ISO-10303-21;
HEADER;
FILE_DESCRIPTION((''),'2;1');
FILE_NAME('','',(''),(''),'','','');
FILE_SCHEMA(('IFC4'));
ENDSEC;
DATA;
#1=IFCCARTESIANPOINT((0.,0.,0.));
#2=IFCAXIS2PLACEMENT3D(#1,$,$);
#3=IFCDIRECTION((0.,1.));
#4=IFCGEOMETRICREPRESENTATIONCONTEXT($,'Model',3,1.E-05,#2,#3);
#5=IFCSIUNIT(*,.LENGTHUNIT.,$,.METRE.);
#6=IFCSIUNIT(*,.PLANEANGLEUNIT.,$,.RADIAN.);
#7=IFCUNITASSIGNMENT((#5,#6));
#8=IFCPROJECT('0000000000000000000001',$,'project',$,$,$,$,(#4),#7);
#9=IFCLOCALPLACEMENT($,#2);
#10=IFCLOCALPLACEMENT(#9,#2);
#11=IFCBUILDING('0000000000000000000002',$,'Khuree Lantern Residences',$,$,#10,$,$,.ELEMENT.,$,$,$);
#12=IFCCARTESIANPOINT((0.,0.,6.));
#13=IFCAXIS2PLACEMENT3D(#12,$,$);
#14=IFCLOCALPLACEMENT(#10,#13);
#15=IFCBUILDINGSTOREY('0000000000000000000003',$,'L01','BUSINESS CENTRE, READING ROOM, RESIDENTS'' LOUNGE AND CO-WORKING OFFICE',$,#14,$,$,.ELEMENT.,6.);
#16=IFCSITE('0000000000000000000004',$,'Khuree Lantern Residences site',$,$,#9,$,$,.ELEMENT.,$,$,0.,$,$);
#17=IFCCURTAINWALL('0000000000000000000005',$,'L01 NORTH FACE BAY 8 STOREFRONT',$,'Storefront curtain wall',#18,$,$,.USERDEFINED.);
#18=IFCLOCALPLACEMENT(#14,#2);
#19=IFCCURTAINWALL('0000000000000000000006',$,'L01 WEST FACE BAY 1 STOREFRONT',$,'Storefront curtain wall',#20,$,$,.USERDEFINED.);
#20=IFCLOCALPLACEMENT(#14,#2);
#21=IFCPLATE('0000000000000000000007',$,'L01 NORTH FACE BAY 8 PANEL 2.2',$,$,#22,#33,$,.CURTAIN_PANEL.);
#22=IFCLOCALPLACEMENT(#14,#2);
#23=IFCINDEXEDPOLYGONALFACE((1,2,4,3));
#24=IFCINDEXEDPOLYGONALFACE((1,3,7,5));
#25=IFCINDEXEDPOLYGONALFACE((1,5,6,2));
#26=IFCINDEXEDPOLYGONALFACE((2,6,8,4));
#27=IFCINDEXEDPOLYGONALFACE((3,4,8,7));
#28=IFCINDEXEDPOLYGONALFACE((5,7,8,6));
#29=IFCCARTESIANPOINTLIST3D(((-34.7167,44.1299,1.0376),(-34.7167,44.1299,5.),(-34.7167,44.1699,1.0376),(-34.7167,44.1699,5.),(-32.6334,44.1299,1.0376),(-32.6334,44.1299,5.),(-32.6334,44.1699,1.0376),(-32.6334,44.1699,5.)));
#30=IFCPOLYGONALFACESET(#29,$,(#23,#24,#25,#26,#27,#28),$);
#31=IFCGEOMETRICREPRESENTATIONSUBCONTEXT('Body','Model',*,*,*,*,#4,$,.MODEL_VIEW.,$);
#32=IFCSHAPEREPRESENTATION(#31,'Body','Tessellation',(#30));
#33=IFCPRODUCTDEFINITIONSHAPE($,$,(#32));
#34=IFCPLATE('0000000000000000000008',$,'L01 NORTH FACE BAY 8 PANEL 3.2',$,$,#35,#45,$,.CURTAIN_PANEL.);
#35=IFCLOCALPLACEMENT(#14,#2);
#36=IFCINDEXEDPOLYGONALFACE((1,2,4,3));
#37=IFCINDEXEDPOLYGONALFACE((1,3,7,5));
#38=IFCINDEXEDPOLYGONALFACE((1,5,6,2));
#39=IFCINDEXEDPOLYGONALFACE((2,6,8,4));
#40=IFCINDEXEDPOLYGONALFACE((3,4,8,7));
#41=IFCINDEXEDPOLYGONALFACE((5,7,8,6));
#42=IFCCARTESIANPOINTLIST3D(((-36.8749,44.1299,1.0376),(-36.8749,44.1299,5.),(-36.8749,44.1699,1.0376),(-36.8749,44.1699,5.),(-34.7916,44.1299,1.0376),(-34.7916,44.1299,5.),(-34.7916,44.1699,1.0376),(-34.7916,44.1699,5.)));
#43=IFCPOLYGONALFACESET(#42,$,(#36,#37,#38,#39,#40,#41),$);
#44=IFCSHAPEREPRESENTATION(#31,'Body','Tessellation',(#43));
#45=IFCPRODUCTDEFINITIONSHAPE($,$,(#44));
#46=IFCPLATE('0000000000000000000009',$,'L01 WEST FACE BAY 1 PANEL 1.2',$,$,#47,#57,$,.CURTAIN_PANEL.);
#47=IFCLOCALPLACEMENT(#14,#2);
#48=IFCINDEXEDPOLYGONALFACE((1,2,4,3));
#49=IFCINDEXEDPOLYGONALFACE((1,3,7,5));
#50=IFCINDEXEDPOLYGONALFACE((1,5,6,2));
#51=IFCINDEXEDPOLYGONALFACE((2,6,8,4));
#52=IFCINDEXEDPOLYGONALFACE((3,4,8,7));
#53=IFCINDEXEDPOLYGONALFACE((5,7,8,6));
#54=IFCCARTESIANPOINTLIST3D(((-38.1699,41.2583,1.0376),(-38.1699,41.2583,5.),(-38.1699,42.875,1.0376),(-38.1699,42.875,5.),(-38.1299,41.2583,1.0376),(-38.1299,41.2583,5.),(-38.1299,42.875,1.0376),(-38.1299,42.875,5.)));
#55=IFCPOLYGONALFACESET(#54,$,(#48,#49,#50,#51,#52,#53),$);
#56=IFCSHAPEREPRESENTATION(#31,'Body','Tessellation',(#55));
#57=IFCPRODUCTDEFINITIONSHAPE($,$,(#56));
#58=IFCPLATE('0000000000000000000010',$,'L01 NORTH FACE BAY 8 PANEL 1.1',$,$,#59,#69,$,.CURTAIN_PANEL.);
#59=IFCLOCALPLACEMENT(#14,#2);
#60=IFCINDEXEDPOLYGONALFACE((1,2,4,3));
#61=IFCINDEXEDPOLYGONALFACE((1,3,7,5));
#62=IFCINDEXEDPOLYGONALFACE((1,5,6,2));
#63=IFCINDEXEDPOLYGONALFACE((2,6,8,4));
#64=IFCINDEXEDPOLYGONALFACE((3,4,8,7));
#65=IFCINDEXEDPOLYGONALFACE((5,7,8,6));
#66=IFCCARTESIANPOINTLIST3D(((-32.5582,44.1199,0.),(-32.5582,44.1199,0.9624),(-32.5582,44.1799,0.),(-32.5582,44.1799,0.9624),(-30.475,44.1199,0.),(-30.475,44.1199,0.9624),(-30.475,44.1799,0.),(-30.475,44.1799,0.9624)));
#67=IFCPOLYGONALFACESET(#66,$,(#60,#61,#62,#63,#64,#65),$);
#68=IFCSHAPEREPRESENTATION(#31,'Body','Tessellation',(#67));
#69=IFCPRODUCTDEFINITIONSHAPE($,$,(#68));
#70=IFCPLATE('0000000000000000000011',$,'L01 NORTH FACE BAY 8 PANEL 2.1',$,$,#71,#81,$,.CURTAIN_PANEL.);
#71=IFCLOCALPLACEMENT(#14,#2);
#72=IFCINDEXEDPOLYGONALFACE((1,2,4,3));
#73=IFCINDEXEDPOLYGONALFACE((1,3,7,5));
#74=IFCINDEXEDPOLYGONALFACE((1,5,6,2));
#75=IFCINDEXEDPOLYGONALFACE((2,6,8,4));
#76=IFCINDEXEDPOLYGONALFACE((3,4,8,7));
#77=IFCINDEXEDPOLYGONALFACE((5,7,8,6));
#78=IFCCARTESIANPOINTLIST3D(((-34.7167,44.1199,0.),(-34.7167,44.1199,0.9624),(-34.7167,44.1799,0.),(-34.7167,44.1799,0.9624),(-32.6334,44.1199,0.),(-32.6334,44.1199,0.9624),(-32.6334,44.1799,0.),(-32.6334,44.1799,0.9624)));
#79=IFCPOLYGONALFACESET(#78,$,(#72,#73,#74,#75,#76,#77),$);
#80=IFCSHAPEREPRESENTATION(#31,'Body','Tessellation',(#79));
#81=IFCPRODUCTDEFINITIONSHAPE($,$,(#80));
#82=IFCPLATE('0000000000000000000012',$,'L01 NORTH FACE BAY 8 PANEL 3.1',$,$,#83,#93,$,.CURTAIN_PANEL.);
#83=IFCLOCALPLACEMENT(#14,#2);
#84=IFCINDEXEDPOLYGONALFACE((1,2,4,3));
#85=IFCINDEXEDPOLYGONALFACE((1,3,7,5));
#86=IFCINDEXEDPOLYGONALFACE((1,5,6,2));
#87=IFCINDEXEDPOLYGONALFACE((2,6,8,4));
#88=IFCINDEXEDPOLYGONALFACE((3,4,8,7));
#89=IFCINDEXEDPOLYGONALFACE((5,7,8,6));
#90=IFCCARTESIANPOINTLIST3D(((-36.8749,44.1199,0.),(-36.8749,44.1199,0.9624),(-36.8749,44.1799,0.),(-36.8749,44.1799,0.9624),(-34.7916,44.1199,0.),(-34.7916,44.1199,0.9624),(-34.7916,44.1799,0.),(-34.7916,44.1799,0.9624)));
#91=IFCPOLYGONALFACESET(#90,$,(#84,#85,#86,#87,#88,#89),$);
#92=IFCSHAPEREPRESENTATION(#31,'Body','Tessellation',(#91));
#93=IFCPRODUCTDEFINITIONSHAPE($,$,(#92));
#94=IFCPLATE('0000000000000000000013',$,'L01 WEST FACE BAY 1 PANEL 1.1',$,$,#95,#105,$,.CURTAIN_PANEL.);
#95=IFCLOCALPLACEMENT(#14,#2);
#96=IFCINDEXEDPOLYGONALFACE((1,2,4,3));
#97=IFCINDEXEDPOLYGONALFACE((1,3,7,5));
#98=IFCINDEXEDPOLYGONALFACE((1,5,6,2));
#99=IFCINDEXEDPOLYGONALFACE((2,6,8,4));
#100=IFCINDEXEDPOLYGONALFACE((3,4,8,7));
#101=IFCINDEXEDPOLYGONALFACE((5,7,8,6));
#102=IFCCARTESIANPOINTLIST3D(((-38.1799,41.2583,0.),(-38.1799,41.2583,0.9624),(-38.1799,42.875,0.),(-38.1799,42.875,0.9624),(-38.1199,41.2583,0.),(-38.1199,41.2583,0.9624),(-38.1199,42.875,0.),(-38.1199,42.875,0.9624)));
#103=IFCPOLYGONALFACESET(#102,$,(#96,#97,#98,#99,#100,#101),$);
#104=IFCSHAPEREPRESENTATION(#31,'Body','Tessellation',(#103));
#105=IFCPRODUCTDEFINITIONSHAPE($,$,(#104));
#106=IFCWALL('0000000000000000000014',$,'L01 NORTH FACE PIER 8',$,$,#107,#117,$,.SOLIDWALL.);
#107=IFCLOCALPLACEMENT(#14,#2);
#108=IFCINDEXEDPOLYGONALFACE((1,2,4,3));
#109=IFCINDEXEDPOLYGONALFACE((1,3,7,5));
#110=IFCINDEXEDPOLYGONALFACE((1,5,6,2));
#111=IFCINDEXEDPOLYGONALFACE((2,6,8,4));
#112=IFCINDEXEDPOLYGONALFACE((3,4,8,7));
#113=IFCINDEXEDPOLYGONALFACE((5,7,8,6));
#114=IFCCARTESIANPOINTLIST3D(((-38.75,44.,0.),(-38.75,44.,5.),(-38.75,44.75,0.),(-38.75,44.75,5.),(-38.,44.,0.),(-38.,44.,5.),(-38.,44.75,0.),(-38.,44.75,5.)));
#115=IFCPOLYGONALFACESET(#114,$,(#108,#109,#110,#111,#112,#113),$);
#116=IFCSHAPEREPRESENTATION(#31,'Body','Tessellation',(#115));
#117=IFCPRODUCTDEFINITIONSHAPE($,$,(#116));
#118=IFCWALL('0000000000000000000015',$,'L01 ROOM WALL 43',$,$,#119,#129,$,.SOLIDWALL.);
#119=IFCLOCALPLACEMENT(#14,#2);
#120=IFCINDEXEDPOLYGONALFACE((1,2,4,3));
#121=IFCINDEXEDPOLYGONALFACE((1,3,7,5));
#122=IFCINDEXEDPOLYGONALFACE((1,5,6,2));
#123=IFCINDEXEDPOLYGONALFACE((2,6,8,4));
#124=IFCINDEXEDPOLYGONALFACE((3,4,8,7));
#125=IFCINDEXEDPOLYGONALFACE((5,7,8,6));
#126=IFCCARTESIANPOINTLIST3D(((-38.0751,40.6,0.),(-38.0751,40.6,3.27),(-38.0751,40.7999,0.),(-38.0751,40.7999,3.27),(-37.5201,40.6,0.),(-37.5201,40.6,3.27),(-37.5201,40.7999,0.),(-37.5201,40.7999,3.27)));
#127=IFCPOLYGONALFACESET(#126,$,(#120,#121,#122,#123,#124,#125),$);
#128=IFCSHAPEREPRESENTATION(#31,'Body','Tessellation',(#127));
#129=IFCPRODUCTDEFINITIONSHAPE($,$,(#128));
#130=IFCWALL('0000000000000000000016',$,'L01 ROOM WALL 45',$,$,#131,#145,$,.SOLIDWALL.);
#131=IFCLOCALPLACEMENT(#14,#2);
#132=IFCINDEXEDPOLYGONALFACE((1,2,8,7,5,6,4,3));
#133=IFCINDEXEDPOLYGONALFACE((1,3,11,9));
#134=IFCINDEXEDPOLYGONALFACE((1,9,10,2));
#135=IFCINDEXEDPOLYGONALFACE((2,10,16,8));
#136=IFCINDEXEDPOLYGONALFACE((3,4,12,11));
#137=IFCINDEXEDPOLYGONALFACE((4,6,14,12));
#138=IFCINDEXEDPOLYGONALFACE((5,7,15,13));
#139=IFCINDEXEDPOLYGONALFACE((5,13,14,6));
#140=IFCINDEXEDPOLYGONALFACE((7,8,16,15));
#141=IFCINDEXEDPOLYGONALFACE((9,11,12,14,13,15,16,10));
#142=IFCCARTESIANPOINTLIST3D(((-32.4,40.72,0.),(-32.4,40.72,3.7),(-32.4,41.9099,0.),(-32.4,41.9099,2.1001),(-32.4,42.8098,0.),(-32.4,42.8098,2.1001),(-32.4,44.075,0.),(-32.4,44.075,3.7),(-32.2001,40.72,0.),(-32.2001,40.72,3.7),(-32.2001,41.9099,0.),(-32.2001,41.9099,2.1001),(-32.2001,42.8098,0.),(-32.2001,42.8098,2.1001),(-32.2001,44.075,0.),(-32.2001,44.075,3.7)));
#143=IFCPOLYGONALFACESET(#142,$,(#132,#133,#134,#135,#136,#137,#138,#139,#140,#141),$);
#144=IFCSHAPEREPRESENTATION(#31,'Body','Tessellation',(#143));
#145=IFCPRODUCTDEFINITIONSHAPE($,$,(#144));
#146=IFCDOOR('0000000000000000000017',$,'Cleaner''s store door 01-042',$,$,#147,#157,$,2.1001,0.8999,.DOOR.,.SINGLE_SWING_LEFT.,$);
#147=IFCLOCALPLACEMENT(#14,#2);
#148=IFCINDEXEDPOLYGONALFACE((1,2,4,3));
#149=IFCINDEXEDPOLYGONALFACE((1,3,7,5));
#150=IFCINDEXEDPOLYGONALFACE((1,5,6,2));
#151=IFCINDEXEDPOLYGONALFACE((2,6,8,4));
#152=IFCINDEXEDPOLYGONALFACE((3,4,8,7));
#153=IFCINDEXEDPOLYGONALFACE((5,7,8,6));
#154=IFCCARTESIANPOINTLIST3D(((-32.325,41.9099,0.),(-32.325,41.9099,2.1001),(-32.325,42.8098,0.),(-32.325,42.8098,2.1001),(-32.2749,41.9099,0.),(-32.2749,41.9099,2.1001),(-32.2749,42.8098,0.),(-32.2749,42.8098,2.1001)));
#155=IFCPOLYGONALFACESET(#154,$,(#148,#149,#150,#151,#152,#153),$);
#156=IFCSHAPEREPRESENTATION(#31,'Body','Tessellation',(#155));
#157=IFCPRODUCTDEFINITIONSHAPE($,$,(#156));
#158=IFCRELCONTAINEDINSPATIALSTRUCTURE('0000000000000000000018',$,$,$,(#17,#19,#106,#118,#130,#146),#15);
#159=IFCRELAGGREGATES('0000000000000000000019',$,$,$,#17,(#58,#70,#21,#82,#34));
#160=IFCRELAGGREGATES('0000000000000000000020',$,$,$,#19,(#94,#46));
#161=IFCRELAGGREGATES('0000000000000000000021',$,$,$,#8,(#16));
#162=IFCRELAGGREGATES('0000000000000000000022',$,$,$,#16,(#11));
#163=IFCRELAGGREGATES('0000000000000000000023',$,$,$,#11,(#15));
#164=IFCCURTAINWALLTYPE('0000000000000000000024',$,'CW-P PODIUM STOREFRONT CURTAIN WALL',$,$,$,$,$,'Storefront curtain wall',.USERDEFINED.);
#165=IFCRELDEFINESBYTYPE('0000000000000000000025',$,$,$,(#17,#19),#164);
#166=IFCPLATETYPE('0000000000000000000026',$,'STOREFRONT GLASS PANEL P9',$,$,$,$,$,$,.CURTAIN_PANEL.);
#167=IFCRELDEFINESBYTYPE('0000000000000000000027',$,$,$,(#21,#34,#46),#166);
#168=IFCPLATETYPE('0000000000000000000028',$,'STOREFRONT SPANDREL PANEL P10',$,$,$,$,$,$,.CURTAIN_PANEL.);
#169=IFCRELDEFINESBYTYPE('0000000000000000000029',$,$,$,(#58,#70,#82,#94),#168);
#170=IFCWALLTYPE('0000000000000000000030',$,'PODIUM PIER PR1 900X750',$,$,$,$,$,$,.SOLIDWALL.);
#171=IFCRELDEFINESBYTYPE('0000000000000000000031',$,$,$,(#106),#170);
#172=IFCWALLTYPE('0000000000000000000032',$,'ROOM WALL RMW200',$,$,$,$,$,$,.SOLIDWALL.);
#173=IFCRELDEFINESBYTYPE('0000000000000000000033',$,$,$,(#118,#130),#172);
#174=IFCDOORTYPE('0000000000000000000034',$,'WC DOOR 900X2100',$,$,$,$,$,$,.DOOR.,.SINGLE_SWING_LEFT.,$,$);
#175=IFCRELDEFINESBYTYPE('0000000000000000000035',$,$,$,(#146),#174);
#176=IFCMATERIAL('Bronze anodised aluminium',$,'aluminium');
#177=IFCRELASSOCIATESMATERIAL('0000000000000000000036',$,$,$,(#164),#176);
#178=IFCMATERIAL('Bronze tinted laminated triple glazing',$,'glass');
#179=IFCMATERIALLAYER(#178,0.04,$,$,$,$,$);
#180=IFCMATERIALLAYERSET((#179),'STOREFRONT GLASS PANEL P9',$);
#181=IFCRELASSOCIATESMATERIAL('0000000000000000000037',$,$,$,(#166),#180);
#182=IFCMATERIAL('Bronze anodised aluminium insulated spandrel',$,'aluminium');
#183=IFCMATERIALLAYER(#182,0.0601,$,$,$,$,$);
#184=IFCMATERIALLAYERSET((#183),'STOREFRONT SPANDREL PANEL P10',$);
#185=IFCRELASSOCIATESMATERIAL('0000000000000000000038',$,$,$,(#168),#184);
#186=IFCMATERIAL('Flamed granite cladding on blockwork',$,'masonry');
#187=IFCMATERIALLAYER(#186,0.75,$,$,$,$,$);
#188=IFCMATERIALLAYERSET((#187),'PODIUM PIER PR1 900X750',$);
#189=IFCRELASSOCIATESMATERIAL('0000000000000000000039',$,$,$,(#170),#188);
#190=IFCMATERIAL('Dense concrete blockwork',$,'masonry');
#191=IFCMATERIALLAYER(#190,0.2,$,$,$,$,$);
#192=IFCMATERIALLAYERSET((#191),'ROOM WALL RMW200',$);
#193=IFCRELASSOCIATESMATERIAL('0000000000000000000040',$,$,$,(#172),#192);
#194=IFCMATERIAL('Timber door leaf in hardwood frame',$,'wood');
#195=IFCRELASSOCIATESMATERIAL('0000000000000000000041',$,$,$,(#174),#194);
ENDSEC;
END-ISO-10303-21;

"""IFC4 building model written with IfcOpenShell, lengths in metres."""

from ifc_helpers import new_model, si_unit, direction, frame, frame_2d, origin, origin_2d, place, context, subcontext, project, spatial, rectangle, extrude, material, layer, layer_set, type_object, element, fill, aggregate, save


model = new_model("IFC4")

# Units and contexts
model_context = context("Model", 3, precision=1e-05, world=origin(), true_north=direction((0.0, 1.0)))
body_context = subcontext(model_context, "Body", "Model", "MODEL_VIEW")
ifc_project = project(units=[si_unit("LENGTHUNIT", "METRE"), si_unit("PLANEANGLEUNIT", "RADIAN")], contexts=[model_context])

# Site, building, storey
site_placement = place(None, origin())
site = spatial("IfcSite", under=ifc_project, at=site_placement, Name="Khuree Lantern Residences site", CompositionType="ELEMENT", RefElevation=0.0)
building_placement = place(site_placement, origin())
building = spatial("IfcBuilding", under=site, at=building_placement, Name="Khuree Lantern Residences", CompositionType="ELEMENT")
storey_placement = place(building_placement, frame((0.0, 0.0, 6.0)))
storey = spatial("IfcBuildingStorey", under=building, at=storey_placement, Name="L01", Description="BUSINESS CENTRE, READING ROOM, RESIDENTS' LOUNGE AND CO-WORKING OFFICE", CompositionType="ELEMENT", Elevation=6.0)

# Curtain walls
ifc_material_1 = material(Name="Bronze anodised aluminium", Category="aluminium")
curtain_wall_type = type_object("IfcCurtainWallType", Name="CW-P PODIUM STOREFRONT CURTAIN WALL", ElementType="Storefront curtain wall", PredefinedType="USERDEFINED", material=ifc_material_1)
curtain_wall_1_placement = place(storey_placement, origin())
curtain_wall_1 = element("IfcCurtainWall", 1, at=curtain_wall_1_placement, inside=storey, type_object=curtain_wall_type, Name="L01 NORTH FACE BAY 8 STOREFRONT", ObjectType="Storefront curtain wall", PredefinedType="USERDEFINED")
curtain_wall_2_placement = place(storey_placement, origin())
curtain_wall_2 = element("IfcCurtainWall", 2, at=curtain_wall_2_placement, inside=storey, type_object=curtain_wall_type, Name="L01 WEST FACE BAY 1 STOREFRONT", ObjectType="Storefront curtain wall", PredefinedType="USERDEFINED")

# Plates
ifc_material_2 = material(Name="Bronze tinted laminated triple glazing", Category="glass")
ifc_layer_1 = layer(ifc_material_2, 0.04)
ifc_layer_set_1 = layer_set([ifc_layer_1], Name="STOREFRONT GLASS PANEL P9")
plate_type_1 = type_object("IfcPlateType", Name="STOREFRONT GLASS PANEL P9", PredefinedType="CURTAIN_PANEL", material=ifc_layer_set_1)
plate_1_placement = place(storey_placement, frame((-33.675, 44.1499, 1.0376), z_axis=(0.0, 0.0, 1.0), x_axis=(-1.0, 0.0, 0.0)))
plate_1 = element("IfcPlate", 3, at=plate_1_placement, type_object=plate_type_1, Name="L01 NORTH FACE BAY 8 PANEL 2.2", PredefinedType="CURTAIN_PANEL", context=body_context, shape_type="SweptSolid", body=[
    extrude(rectangle(XDim=2.0833, YDim=0.04, at=origin_2d()), origin(), (0.0, 0.0, 1.0), 3.9624),
])
plate_2_placement = place(storey_placement, frame((-35.8333, 44.1499, 1.0376), z_axis=(0.0, 0.0, 1.0), x_axis=(-1.0, 0.0, 0.0)))
plate_2 = element("IfcPlate", 4, at=plate_2_placement, type_object=plate_type_1, Name="L01 NORTH FACE BAY 8 PANEL 3.2", PredefinedType="CURTAIN_PANEL", context=body_context, shape_type="SweptSolid", body=[
    extrude(rectangle(XDim=2.0833, YDim=0.04, at=origin_2d()), origin(), (0.0, 0.0, 1.0), 3.9624),
])
plate_3_placement = place(storey_placement, frame((-38.1499, 42.0667, 1.0376), z_axis=(0.0, 0.0, 1.0), x_axis=(0.0, -1.0, 0.0)))
plate_3 = element("IfcPlate", 5, at=plate_3_placement, type_object=plate_type_1, Name="L01 WEST FACE BAY 1 PANEL 1.2", PredefinedType="CURTAIN_PANEL", context=body_context, shape_type="SweptSolid", body=[
    extrude(rectangle(XDim=1.6167, YDim=0.04, at=origin_2d()), origin(), (0.0, 0.0, 1.0), 3.9624),
])
ifc_material_3 = material(Name="Bronze anodised aluminium insulated spandrel", Category="aluminium")
ifc_layer_2 = layer(ifc_material_3, 0.0601)
ifc_layer_set_2 = layer_set([ifc_layer_2], Name="STOREFRONT SPANDREL PANEL P10")
plate_type_2 = type_object("IfcPlateType", Name="STOREFRONT SPANDREL PANEL P10", PredefinedType="CURTAIN_PANEL", material=ifc_layer_set_2)
plate_4_placement = place(storey_placement, frame((-31.5166, 44.1499, 0.0), z_axis=(0.0, 0.0, 1.0), x_axis=(-1.0, 0.0, 0.0)))
plate_4 = element("IfcPlate", 6, at=plate_4_placement, type_object=plate_type_2, Name="L01 NORTH FACE BAY 8 PANEL 1.1", PredefinedType="CURTAIN_PANEL", context=body_context, shape_type="SweptSolid", body=[
    extrude(rectangle(XDim=2.0833, YDim=0.0601, at=origin_2d()), origin(), (0.0, 0.0, 1.0), 0.9624),
])
plate_5_placement = place(storey_placement, frame((-33.675, 44.1499, 0.0), z_axis=(0.0, 0.0, 1.0), x_axis=(-1.0, 0.0, 0.0)))
plate_5 = element("IfcPlate", 7, at=plate_5_placement, type_object=plate_type_2, Name="L01 NORTH FACE BAY 8 PANEL 2.1", PredefinedType="CURTAIN_PANEL", context=body_context, shape_type="SweptSolid", body=[
    extrude(rectangle(XDim=2.0833, YDim=0.0601, at=origin_2d()), origin(), (0.0, 0.0, 1.0), 0.9624),
])
plate_6_placement = place(storey_placement, frame((-35.8333, 44.1499, 0.0), z_axis=(0.0, 0.0, 1.0), x_axis=(-1.0, 0.0, 0.0)))
plate_6 = element("IfcPlate", 8, at=plate_6_placement, type_object=plate_type_2, Name="L01 NORTH FACE BAY 8 PANEL 3.1", PredefinedType="CURTAIN_PANEL", context=body_context, shape_type="SweptSolid", body=[
    extrude(rectangle(XDim=2.0833, YDim=0.0601, at=origin_2d()), origin(), (0.0, 0.0, 1.0), 0.9624),
])
aggregate(curtain_wall_1, [plate_4, plate_5, plate_1, plate_6, plate_2])
plate_7_placement = place(storey_placement, frame((-38.1499, 42.0667, 0.0), z_axis=(0.0, 0.0, 1.0), x_axis=(0.0, -1.0, 0.0)))
plate_7 = element("IfcPlate", 9, at=plate_7_placement, type_object=plate_type_2, Name="L01 WEST FACE BAY 1 PANEL 1.1", PredefinedType="CURTAIN_PANEL", context=body_context, shape_type="SweptSolid", body=[
    extrude(rectangle(XDim=1.6167, YDim=0.0601, at=origin_2d()), origin(), (0.0, 0.0, 1.0), 0.9624),
])
aggregate(curtain_wall_2, [plate_7, plate_3])

# Walls
ifc_material_4 = material(Name="Flamed granite cladding on blockwork", Category="masonry")
ifc_layer_3 = layer(ifc_material_4, 0.75)
ifc_layer_set_3 = layer_set([ifc_layer_3], Name="PODIUM PIER PR1 900X750")
wall_type_1 = type_object("IfcWallType", Name="PODIUM PIER PR1 900X750", PredefinedType="SOLIDWALL", material=ifc_layer_set_3)
wall_1_placement = place(storey_placement, frame((-38.0, 44.375, 0.0), z_axis=(0.0, 0.0, 1.0), x_axis=(-1.0, 0.0, 0.0)))
element("IfcWall", 10, at=wall_1_placement, inside=storey, type_object=wall_type_1, Name="L01 NORTH FACE PIER 8", PredefinedType="SOLIDWALL", context=body_context, shape_type="SweptSolid", body=[
    extrude(rectangle(XDim=0.75, YDim=0.75, at=frame_2d((0.375, 0.0))), origin(), (0.0, 0.0, 1.0), 5.0),
])
ifc_material_5 = material(Name="Dense concrete blockwork", Category="masonry")
ifc_layer_4 = layer(ifc_material_5, 0.2)
ifc_layer_set_4 = layer_set([ifc_layer_4], Name="ROOM WALL RMW200")
wall_type_2 = type_object("IfcWallType", Name="ROOM WALL RMW200", PredefinedType="SOLIDWALL", material=ifc_layer_set_4)
wall_2_placement = place(storey_placement, frame((-38.075, 40.7, 0.0), z_axis=(0.0, 0.0, 1.0), x_axis=(1.0, 0.0, 0.0)))
element("IfcWall", 11, at=wall_2_placement, inside=storey, type_object=wall_type_2, Name="L01 ROOM WALL 43", PredefinedType="SOLIDWALL", context=body_context, shape_type="SweptSolid", body=[
    extrude(rectangle(XDim=0.5549, YDim=0.2, at=frame_2d((0.2773, 0.0))), origin(), (0.0, 0.0, 1.0), 3.27),
])

# Wall, opening, door
wall_3_placement = place(storey_placement, frame((-32.3, 40.72, 0.0), z_axis=(0.0, 0.0, 1.0), x_axis=(0.0, 1.0, 0.0)))
wall_3 = element("IfcWall", 12, at=wall_3_placement, inside=storey, type_object=wall_type_2, Name="L01 ROOM WALL 45", PredefinedType="SOLIDWALL", context=body_context, shape_type="SweptSolid", body=[
    extrude(rectangle(XDim=3.355, YDim=0.2, at=frame_2d((1.6775, 0.0))), origin(), (0.0, 0.0, 1.0), 3.7),
])
opening_placement = place(wall_3_placement, frame((1.1899, 0.0, 0.0)))
opening = element("IfcOpeningElement", 13, at=opening_placement, cuts=wall_3, PredefinedType="OPENING", context=body_context, shape_type="SweptSolid", body=[
    extrude(rectangle(XDim=0.8999, YDim=2.1001, at=frame_2d((0.45, 1.05))), frame((0.0, 0.1099, 0.0), z_axis=(0.0, -1.0, 0.0), x_axis=(1.0, 0.0, 0.0)), (0.0, 0.0, 1.0), 0.22),
])
ifc_material_6 = material(Name="Timber door leaf in hardwood frame", Category="wood")
door_type = type_object("IfcDoorType", Name="WC DOOR 900X2100", OperationType="SINGLE_SWING_LEFT", PredefinedType="DOOR", material=ifc_material_6)
door_placement = place(opening_placement, origin())
door = element("IfcDoor", 14, at=door_placement, inside=storey, type_object=door_type, Name="Cleaner's store door 01-042", OperationType="SINGLE_SWING_LEFT", OverallHeight=2.1001, OverallWidth=0.8999, PredefinedType="DOOR", context=body_context, shape_type="SweptSolid", body=[
    extrude(rectangle(XDim=0.8999, YDim=2.1001, at=frame_2d((0.45, 1.05))), frame((0.0, 0.0249, 0.0), z_axis=(0.0, -1.0, 0.0), x_axis=(1.0, 0.0, 0.0)), (0.0, 0.0, 1.0), 0.05),
])
fill(opening, door)

save(model, "model.ifc")
